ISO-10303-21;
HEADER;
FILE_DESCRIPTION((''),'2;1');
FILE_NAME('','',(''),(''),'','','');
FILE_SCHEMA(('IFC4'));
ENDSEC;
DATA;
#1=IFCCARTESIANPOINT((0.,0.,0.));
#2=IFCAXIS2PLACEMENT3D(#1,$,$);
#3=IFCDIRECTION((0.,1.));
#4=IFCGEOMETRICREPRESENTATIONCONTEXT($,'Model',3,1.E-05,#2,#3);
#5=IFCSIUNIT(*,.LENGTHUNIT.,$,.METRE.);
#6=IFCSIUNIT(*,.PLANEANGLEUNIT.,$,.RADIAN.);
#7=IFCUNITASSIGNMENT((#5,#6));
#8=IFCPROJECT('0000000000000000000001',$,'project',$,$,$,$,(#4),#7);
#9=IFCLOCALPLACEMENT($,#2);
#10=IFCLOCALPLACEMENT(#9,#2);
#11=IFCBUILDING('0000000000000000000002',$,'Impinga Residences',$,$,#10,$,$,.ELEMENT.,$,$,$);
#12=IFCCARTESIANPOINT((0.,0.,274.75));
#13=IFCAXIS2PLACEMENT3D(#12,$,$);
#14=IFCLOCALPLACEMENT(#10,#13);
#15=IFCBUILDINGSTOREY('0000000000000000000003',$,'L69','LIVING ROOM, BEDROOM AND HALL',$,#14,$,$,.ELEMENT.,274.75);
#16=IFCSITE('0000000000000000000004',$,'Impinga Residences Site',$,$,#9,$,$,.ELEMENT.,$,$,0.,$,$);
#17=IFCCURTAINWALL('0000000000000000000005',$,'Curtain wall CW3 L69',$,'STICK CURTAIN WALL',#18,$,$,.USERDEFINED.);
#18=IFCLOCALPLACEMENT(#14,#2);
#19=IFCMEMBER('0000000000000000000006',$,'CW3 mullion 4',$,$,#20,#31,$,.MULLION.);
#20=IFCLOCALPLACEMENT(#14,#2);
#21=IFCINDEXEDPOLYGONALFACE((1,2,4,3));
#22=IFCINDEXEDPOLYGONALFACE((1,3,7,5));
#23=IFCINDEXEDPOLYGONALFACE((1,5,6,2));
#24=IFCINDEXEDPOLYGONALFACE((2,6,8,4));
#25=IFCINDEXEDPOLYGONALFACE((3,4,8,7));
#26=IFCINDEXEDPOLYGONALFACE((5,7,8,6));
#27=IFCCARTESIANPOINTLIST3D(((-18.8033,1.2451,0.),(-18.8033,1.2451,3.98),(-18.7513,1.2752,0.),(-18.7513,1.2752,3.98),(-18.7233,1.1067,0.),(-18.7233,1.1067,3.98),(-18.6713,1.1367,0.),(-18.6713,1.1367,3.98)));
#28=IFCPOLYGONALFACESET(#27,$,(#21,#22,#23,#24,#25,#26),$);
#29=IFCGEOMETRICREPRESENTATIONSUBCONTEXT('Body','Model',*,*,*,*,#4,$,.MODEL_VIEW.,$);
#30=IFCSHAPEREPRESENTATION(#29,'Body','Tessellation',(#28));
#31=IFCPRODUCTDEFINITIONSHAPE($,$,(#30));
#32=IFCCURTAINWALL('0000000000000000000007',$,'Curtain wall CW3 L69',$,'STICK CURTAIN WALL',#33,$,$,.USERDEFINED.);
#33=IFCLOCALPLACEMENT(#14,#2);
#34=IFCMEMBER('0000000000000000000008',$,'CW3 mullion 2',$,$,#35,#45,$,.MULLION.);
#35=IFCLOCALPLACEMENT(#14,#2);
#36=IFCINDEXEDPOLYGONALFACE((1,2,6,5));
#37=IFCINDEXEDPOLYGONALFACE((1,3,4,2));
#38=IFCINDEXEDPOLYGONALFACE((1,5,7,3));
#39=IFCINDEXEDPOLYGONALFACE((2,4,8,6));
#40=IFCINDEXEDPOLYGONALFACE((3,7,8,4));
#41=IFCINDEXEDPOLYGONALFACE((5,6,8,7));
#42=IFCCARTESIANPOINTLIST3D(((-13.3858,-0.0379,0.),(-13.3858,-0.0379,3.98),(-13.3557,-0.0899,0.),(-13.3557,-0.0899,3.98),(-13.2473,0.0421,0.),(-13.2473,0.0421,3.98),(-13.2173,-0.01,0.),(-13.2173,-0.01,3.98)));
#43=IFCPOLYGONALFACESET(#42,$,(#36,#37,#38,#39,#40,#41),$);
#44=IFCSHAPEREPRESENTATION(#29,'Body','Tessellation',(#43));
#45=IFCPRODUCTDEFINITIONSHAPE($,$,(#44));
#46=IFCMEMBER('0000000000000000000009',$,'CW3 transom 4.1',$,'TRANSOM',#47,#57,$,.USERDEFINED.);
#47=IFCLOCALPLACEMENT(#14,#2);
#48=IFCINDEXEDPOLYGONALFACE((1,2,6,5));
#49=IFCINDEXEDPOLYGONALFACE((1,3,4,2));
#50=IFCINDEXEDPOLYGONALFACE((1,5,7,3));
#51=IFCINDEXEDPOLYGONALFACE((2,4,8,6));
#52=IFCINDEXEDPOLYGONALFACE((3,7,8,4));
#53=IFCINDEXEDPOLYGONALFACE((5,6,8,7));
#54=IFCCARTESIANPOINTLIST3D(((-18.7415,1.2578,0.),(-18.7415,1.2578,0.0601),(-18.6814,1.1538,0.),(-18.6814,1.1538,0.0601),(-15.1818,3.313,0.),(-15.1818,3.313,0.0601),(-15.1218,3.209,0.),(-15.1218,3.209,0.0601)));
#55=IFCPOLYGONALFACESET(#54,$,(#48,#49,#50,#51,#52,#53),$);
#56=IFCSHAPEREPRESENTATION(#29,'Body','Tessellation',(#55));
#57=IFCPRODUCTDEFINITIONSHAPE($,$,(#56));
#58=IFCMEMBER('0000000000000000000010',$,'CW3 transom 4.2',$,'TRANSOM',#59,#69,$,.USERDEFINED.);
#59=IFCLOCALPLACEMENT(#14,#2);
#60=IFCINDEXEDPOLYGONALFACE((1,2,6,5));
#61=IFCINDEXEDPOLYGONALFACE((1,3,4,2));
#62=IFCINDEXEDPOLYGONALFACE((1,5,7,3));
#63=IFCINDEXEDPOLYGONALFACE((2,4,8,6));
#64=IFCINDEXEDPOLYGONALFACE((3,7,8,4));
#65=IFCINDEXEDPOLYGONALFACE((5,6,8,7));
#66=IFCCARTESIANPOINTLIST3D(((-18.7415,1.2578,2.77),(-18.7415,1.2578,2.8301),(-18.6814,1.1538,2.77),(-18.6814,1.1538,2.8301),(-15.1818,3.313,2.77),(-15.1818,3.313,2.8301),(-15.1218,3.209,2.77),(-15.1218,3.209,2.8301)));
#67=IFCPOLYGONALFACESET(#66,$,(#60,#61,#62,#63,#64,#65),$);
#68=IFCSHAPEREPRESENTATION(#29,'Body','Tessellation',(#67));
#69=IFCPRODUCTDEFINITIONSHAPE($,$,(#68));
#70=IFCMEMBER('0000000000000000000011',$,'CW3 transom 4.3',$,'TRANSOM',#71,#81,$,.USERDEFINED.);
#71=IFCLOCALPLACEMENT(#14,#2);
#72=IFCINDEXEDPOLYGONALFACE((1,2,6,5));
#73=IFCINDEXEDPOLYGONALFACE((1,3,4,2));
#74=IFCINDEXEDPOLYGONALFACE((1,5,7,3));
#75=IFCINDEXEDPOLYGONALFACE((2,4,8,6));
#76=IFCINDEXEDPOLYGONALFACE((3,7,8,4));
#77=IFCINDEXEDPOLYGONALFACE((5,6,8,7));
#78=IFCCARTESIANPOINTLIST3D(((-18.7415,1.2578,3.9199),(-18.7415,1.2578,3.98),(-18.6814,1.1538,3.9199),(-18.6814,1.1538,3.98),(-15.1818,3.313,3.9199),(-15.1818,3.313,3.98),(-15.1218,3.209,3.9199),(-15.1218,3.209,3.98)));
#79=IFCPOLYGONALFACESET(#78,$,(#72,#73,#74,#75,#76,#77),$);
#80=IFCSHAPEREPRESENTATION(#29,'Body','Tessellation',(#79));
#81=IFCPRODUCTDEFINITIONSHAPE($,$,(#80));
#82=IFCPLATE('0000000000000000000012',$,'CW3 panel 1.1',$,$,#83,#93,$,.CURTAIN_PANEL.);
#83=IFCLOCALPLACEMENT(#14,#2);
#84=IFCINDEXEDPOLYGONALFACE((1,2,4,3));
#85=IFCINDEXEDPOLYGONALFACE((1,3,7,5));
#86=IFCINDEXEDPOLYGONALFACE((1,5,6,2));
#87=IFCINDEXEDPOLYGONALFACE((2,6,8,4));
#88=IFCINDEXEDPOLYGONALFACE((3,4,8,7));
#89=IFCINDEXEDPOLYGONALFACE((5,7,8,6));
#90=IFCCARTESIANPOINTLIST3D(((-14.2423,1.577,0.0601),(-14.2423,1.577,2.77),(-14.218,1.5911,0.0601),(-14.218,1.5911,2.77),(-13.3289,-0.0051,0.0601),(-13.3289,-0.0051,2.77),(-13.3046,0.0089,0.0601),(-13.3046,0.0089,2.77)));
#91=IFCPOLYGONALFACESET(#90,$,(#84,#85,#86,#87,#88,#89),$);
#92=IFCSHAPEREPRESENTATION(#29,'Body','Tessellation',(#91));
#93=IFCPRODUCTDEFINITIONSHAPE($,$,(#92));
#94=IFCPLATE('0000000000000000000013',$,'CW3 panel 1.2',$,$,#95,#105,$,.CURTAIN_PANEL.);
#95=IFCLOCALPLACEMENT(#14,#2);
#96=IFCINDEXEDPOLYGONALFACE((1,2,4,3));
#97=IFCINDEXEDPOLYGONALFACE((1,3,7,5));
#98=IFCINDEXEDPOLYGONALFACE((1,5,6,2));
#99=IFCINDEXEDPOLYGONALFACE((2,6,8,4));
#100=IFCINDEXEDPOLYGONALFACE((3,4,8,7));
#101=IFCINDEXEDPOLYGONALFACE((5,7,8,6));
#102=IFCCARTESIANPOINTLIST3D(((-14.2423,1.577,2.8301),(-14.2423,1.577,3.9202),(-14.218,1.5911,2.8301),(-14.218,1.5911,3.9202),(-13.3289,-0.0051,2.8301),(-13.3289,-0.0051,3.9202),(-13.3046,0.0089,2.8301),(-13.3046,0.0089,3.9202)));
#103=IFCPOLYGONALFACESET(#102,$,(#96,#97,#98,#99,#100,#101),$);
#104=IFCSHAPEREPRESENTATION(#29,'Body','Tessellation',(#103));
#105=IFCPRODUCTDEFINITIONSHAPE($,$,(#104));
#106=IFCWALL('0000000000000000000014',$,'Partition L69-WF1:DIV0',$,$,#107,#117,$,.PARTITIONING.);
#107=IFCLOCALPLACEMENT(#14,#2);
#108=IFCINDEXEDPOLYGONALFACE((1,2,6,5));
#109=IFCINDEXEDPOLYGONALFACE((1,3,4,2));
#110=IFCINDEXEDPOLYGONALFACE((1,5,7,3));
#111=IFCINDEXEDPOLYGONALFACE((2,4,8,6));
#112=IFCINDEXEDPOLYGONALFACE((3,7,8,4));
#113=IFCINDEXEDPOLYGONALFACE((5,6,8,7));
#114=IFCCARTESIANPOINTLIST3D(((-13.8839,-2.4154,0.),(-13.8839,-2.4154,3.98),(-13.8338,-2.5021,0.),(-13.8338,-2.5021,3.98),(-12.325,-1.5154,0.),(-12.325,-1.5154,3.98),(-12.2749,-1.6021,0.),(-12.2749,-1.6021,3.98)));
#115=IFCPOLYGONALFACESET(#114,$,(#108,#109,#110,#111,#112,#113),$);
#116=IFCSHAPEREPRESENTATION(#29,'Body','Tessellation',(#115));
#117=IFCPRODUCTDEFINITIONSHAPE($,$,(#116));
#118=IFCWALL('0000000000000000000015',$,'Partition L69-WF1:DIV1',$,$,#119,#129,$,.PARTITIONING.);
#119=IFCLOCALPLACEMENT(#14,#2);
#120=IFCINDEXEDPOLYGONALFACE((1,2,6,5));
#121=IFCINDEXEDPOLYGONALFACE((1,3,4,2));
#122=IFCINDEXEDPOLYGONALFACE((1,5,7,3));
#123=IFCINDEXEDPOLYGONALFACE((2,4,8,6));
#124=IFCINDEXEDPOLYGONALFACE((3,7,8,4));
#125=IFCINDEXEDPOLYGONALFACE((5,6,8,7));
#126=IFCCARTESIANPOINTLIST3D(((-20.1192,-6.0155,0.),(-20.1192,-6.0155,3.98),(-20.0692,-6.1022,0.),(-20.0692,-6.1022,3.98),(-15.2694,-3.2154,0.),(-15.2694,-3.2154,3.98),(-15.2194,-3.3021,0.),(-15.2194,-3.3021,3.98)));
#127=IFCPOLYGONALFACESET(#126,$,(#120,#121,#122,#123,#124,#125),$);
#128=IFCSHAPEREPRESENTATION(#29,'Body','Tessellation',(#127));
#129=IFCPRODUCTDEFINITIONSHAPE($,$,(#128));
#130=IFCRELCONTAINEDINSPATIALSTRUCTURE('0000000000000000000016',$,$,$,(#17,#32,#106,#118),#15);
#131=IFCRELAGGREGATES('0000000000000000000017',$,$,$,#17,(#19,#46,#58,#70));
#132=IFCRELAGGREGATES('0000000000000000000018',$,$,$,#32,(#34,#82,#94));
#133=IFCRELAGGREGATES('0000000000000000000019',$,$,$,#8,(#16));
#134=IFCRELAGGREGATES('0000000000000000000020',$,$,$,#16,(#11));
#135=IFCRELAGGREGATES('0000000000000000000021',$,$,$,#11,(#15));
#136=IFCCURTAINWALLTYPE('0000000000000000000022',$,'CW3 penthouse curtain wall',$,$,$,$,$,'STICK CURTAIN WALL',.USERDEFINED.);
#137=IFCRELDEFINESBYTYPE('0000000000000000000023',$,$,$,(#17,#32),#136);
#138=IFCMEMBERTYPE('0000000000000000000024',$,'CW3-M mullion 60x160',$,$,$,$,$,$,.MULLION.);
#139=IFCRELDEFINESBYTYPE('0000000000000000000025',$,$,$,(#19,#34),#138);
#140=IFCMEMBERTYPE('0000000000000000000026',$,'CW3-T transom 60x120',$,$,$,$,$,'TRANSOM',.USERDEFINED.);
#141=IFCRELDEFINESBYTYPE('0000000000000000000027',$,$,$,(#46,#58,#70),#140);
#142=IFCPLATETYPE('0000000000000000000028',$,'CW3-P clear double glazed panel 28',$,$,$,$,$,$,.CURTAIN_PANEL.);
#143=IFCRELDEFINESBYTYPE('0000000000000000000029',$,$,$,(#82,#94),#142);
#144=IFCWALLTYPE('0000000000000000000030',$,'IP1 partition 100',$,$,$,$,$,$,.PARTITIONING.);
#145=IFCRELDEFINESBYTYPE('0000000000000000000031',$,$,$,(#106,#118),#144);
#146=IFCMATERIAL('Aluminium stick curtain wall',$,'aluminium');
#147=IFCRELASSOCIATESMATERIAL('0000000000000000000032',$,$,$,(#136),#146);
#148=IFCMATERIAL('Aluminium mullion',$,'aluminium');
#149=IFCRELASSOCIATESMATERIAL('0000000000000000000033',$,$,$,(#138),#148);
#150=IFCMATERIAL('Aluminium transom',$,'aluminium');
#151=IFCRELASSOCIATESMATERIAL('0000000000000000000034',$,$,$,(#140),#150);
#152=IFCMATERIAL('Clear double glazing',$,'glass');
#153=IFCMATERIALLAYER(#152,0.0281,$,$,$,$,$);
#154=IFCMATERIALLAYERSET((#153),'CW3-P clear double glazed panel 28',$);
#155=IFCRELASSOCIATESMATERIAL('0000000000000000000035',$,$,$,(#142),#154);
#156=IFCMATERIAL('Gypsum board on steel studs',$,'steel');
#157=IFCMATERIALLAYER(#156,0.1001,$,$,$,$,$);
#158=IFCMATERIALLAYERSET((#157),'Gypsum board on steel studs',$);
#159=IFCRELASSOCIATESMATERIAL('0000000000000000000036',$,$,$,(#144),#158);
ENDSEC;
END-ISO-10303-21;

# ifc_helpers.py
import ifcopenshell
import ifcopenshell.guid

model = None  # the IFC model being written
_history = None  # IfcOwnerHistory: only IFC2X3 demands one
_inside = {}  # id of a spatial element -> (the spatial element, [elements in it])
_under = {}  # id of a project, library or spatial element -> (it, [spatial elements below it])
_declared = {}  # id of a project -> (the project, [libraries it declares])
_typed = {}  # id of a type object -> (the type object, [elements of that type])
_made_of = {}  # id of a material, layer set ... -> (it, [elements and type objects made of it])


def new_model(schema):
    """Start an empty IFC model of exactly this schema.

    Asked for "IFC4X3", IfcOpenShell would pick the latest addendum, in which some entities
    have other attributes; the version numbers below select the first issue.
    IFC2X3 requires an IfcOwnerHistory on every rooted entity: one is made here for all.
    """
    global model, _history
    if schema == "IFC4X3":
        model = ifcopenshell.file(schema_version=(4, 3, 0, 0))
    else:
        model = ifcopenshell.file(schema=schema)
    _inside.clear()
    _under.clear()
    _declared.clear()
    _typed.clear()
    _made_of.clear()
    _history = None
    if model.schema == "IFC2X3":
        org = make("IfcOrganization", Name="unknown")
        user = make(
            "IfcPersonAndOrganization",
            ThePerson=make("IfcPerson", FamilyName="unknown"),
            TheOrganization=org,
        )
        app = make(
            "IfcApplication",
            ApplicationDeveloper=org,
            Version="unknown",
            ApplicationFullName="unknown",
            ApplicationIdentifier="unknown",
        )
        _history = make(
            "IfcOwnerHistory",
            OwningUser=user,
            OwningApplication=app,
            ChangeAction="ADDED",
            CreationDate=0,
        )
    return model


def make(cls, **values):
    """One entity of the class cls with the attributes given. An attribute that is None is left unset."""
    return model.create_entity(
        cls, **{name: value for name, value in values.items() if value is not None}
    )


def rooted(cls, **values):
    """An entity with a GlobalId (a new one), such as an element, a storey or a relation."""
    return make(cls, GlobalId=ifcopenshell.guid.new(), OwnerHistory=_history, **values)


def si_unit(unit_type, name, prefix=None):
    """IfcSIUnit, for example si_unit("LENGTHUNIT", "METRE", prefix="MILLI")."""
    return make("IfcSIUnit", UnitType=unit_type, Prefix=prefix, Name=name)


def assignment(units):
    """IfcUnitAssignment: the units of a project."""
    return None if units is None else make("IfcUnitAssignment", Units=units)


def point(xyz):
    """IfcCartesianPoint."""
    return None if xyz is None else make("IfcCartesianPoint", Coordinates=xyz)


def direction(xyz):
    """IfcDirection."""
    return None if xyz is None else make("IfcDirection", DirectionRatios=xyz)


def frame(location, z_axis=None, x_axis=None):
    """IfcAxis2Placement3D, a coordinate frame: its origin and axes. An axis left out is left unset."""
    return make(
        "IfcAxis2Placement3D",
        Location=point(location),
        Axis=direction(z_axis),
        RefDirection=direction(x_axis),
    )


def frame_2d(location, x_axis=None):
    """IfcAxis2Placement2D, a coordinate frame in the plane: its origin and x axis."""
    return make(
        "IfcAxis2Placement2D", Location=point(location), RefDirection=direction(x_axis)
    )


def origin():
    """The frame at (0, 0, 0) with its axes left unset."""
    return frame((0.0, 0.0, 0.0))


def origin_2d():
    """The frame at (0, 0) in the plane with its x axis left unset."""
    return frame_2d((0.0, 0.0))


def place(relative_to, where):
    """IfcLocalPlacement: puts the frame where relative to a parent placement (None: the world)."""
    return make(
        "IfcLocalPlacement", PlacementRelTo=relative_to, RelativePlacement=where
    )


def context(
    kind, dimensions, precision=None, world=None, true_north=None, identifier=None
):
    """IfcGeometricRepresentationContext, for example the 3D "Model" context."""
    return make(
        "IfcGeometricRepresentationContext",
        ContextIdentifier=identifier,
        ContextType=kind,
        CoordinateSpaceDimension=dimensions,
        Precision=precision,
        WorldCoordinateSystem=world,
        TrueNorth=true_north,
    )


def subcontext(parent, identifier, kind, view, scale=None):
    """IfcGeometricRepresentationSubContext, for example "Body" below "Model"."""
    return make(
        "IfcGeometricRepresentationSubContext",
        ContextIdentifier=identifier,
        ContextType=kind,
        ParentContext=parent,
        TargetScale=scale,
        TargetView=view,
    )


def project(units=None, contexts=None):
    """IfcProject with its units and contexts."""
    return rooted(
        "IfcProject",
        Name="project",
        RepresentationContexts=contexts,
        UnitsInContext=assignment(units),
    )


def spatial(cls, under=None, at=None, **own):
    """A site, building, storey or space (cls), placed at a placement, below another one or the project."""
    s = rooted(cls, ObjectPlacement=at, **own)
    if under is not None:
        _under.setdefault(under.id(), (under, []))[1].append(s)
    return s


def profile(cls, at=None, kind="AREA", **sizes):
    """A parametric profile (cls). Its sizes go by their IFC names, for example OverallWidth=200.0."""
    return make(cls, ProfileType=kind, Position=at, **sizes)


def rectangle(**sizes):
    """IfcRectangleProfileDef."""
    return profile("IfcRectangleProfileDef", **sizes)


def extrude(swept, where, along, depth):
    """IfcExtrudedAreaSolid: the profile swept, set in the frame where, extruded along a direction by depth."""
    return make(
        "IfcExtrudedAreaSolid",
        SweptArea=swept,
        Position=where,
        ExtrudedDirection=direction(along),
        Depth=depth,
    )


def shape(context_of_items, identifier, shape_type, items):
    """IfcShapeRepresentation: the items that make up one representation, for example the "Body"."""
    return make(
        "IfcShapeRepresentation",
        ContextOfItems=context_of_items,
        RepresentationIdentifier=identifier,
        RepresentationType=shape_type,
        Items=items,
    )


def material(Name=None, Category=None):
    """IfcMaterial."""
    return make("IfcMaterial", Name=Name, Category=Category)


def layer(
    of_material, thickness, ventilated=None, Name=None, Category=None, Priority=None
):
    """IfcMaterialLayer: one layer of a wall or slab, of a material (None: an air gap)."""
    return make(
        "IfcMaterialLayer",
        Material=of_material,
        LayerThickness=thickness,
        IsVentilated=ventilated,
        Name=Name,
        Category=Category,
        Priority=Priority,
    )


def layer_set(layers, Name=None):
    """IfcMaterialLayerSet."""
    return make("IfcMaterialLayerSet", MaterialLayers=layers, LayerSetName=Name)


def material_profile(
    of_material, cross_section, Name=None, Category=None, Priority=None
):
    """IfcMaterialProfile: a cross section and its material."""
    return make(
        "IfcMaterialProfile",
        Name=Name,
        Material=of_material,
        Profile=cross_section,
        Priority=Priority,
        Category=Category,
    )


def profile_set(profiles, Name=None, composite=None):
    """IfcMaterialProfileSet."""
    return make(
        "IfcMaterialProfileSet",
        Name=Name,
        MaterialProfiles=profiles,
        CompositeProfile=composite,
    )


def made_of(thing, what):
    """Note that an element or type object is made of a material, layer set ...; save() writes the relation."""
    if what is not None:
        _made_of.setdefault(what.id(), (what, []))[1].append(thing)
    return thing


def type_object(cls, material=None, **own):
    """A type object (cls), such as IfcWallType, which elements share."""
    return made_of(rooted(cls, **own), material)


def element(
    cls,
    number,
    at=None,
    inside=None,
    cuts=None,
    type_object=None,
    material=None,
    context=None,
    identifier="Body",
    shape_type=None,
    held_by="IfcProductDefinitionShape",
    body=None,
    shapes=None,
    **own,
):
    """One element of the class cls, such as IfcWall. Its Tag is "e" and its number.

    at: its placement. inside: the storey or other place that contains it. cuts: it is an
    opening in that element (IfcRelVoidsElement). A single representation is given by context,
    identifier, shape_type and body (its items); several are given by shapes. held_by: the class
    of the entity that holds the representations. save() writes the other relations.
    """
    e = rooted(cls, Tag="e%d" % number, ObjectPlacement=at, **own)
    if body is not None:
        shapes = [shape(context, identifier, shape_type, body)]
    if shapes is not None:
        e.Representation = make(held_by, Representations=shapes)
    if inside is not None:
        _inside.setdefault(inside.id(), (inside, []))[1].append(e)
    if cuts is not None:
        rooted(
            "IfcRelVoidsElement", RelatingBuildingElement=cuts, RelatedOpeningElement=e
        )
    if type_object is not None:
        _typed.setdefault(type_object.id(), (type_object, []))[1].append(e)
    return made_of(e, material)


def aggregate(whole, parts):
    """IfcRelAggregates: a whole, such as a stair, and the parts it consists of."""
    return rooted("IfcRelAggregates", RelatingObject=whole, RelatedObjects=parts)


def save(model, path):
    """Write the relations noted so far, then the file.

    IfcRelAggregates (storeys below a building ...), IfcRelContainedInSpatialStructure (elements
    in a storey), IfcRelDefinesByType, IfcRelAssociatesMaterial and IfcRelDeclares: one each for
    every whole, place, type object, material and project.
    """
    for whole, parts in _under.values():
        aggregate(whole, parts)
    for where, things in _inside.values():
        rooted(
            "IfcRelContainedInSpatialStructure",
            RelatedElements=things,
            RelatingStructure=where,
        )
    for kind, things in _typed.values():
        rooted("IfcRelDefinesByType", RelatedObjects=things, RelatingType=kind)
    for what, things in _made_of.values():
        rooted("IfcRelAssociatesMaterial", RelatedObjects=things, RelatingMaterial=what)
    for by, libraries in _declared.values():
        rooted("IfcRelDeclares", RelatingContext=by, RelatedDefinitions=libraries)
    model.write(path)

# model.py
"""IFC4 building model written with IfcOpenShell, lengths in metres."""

from ifc_helpers import new_model, si_unit, direction, frame, frame_2d, origin, origin_2d, place, context, subcontext, project, spatial, rectangle, extrude, material, layer, layer_set, material_profile, profile_set, type_object, element, aggregate, save


model = new_model("IFC4")

# Units and contexts
model_context = context("Model", 3, precision=1e-05, world=origin(), true_north=direction((0.0, 1.0)))
body_context = subcontext(model_context, "Body", "Model", "MODEL_VIEW")
ifc_project = project(units=[si_unit("LENGTHUNIT", "METRE"), si_unit("PLANEANGLEUNIT", "RADIAN")], contexts=[model_context])

# Site, building, storey
site_placement = place(None, origin())
site = spatial("IfcSite", under=ifc_project, at=site_placement, Name="Impinga Residences Site", CompositionType="ELEMENT", RefElevation=0.0)
building_placement = place(site_placement, origin())
building = spatial("IfcBuilding", under=site, at=building_placement, Name="Impinga Residences", CompositionType="ELEMENT")
storey_placement = place(building_placement, frame((0.0, 0.0, 274.75)))
storey = spatial("IfcBuildingStorey", under=building, at=storey_placement, Name="L69", Description="LIVING ROOM, BEDROOM AND HALL", CompositionType="ELEMENT", Elevation=274.75)

# Curtain walls, members
ifc_material_1 = material(Name="Aluminium stick curtain wall", Category="aluminium")
curtain_wall_type = type_object("IfcCurtainWallType", Name="CW3 penthouse curtain wall", ElementType="STICK CURTAIN WALL", PredefinedType="USERDEFINED", material=ifc_material_1)
curtain_wall_1_placement = place(storey_placement, origin())
curtain_wall_1 = element("IfcCurtainWall", 1, at=curtain_wall_1_placement, inside=storey, type_object=curtain_wall_type, Name="Curtain wall CW3 L69", ObjectType="STICK CURTAIN WALL", PredefinedType="USERDEFINED")
ifc_material_2 = material(Name="Aluminium mullion", Category="aluminium")
ifc_material_profile_1 = material_profile(ifc_material_2, rectangle(XDim=0.0601, YDim=0.1599, at=origin_2d()), Name="60x160 mullion")
ifc_profile_set_1 = profile_set([ifc_material_profile_1], Name="Aluminium mullion")
member_type_1 = type_object("IfcMemberType", Name="CW3-M mullion 60x160", PredefinedType="MULLION", material=ifc_profile_set_1)
member_1_placement = place(storey_placement, frame((-18.7373, 1.1909, 0.0), z_axis=(0.0, 0.0, 1.0), x_axis=(0.866025, 0.5, 0.0)))
member_1 = element("IfcMember", 2, at=member_1_placement, type_object=member_type_1, Name="CW3 mullion 4", PredefinedType="MULLION", context=body_context, shape_type="SweptSolid", body=[
    extrude(rectangle(XDim=0.0601, YDim=0.1599, at=origin_2d()), origin(), (0.0, 0.0, 1.0), 3.98),
])
curtain_wall_2_placement = place(storey_placement, origin())
curtain_wall_2 = element("IfcCurtainWall", 3, at=curtain_wall_2_placement, inside=storey, type_object=curtain_wall_type, Name="Curtain wall CW3 L69", ObjectType="STICK CURTAIN WALL", PredefinedType="USERDEFINED")
member_2_placement = place(storey_placement, frame((-13.3015, -0.0239, 0.0), z_axis=(0.0, 0.0, 1.0), x_axis=(0.5, -0.866025, 0.0)))
member_2 = element("IfcMember", 4, at=member_2_placement, type_object=member_type_1, Name="CW3 mullion 2", PredefinedType="MULLION", context=body_context, shape_type="SweptSolid", body=[
    extrude(rectangle(XDim=0.0601, YDim=0.1599, at=origin_2d()), origin(), (0.0, 0.0, 1.0), 3.98),
])

# Members
ifc_material_3 = material(Name="Aluminium transom", Category="aluminium")
ifc_material_profile_2 = material_profile(ifc_material_3, rectangle(XDim=0.0601, YDim=0.1201, at=origin_2d()), Name="60x120 transom")
ifc_profile_set_2 = profile_set([ifc_material_profile_2], Name="Aluminium transom")
member_type_2 = type_object("IfcMemberType", Name="CW3-T transom 60x120", ElementType="TRANSOM", PredefinedType="USERDEFINED", material=ifc_profile_set_2)
member_3_placement = place(storey_placement, frame((-18.7114, 1.2058, 0.03), z_axis=(0.866019, 0.50001, 0.0), x_axis=(0.0, 0.0, 1.0)))
member_3 = element("IfcMember", 5, at=member_3_placement, type_object=member_type_2, Name="CW3 transom 4.1", ObjectType="TRANSOM", PredefinedType="USERDEFINED", context=body_context, shape_type="SweptSolid", body=[
    extrude(rectangle(XDim=0.0601, YDim=0.1201, at=origin_2d()), origin(), (0.0, 0.0, 1.0), 4.1104),
])
member_4_placement = place(storey_placement, frame((-18.7114, 1.2058, 2.8), z_axis=(0.866019, 0.50001, 0.0), x_axis=(0.0, 0.0, 1.0)))
member_4 = element("IfcMember", 6, at=member_4_placement, type_object=member_type_2, Name="CW3 transom 4.2", ObjectType="TRANSOM", PredefinedType="USERDEFINED", context=body_context, shape_type="SweptSolid", body=[
    extrude(rectangle(XDim=0.0601, YDim=0.1201, at=origin_2d()), origin(), (0.0, 0.0, 1.0), 4.1104),
])
member_5_placement = place(storey_placement, frame((-18.7114, 1.2058, 3.95), z_axis=(0.866019, 0.50001, 0.0), x_axis=(0.0, 0.0, 1.0)))
member_5 = element("IfcMember", 7, at=member_5_placement, type_object=member_type_2, Name="CW3 transom 4.3", ObjectType="TRANSOM", PredefinedType="USERDEFINED", context=body_context, shape_type="SweptSolid", body=[
    extrude(rectangle(XDim=0.0601, YDim=0.1201, at=origin_2d()), origin(), (0.0, 0.0, 1.0), 4.1104),
])
aggregate(curtain_wall_1, [member_1, member_3, member_4, member_5])

# Plates
ifc_material_4 = material(Name="Clear double glazing", Category="glass")
ifc_layer_1 = layer(ifc_material_4, 0.0281)
ifc_layer_set_1 = layer_set([ifc_layer_1], Name="CW3-P clear double glazed panel 28")
plate_type = type_object("IfcPlateType", Name="CW3-P clear double glazed panel 28", PredefinedType="CURTAIN_PANEL", material=ifc_layer_set_1)
plate_1_placement = place(storey_placement, frame((-13.7734, 0.793, 0.0601), z_axis=(0.0, 0.0, 1.0), x_axis=(0.5, -0.866025, 0.0)))
plate_1 = element("IfcPlate", 8, at=plate_1_placement, type_object=plate_type, Name="CW3 panel 1.1", PredefinedType="CURTAIN_PANEL", context=body_context, shape_type="SweptSolid", body=[
    extrude(rectangle(XDim=1.8269, YDim=0.0281, at=origin_2d()), origin(), (0.0, 0.0, 1.0), 2.71),
])
plate_2_placement = place(storey_placement, frame((-13.7734, 0.793, 2.8301), z_axis=(0.0, 0.0, 1.0), x_axis=(0.5, -0.866025, 0.0)))
plate_2 = element("IfcPlate", 9, at=plate_2_placement, type_object=plate_type, Name="CW3 panel 1.2", PredefinedType="CURTAIN_PANEL", context=body_context, shape_type="SweptSolid", body=[
    extrude(rectangle(XDim=1.8269, YDim=0.0281, at=origin_2d()), origin(), (0.0, 0.0, 1.0), 1.0901),
])
aggregate(curtain_wall_2, [member_2, plate_1, plate_2])

# Walls
ifc_material_5 = material(Name="Gypsum board on steel studs", Category="steel")
ifc_layer_2 = layer(ifc_material_5, 0.1001)
ifc_layer_set_2 = layer_set([ifc_layer_2], Name="Gypsum board on steel studs")
wall_type_1 = type_object("IfcWallType", Name="IP1 partition 100", PredefinedType="PARTITIONING", material=ifc_layer_set_2)
wall_1_placement = place(storey_placement, frame((-12.3, -1.5588, 0.0), z_axis=(0.0, 0.0, 1.0), x_axis=(-0.866048, -0.499961, 0.0)))
element("IfcWall", 10, at=wall_1_placement, inside=storey, type_object=wall_type_1, Name="Partition L69-WF1:DIV0", PredefinedType="PARTITIONING", context=body_context, shape_type="SweptSolid", body=[
    extrude(rectangle(XDim=1.8, YDim=0.1001, at=frame_2d((0.8999, 0.0))), origin(), (0.0, 0.0, 1.0), 3.98),
])
wall_2_placement = place(storey_placement, frame((-15.2444, -3.2588, 0.0), z_axis=(0.0, 0.0, 1.0), x_axis=(-0.866027, -0.499998, 0.0)))
element("IfcWall", 11, at=wall_2_placement, inside=storey, type_object=wall_type_1, Name="Partition L69-WF1:DIV1", PredefinedType="PARTITIONING", context=body_context, shape_type="SweptSolid", body=[
    extrude(rectangle(XDim=5.6001, YDim=0.1001, at=frame_2d((2.8, 0.0))), origin(), (0.0, 0.0, 1.0), 3.98),
])

save(model, "model.ifc")
